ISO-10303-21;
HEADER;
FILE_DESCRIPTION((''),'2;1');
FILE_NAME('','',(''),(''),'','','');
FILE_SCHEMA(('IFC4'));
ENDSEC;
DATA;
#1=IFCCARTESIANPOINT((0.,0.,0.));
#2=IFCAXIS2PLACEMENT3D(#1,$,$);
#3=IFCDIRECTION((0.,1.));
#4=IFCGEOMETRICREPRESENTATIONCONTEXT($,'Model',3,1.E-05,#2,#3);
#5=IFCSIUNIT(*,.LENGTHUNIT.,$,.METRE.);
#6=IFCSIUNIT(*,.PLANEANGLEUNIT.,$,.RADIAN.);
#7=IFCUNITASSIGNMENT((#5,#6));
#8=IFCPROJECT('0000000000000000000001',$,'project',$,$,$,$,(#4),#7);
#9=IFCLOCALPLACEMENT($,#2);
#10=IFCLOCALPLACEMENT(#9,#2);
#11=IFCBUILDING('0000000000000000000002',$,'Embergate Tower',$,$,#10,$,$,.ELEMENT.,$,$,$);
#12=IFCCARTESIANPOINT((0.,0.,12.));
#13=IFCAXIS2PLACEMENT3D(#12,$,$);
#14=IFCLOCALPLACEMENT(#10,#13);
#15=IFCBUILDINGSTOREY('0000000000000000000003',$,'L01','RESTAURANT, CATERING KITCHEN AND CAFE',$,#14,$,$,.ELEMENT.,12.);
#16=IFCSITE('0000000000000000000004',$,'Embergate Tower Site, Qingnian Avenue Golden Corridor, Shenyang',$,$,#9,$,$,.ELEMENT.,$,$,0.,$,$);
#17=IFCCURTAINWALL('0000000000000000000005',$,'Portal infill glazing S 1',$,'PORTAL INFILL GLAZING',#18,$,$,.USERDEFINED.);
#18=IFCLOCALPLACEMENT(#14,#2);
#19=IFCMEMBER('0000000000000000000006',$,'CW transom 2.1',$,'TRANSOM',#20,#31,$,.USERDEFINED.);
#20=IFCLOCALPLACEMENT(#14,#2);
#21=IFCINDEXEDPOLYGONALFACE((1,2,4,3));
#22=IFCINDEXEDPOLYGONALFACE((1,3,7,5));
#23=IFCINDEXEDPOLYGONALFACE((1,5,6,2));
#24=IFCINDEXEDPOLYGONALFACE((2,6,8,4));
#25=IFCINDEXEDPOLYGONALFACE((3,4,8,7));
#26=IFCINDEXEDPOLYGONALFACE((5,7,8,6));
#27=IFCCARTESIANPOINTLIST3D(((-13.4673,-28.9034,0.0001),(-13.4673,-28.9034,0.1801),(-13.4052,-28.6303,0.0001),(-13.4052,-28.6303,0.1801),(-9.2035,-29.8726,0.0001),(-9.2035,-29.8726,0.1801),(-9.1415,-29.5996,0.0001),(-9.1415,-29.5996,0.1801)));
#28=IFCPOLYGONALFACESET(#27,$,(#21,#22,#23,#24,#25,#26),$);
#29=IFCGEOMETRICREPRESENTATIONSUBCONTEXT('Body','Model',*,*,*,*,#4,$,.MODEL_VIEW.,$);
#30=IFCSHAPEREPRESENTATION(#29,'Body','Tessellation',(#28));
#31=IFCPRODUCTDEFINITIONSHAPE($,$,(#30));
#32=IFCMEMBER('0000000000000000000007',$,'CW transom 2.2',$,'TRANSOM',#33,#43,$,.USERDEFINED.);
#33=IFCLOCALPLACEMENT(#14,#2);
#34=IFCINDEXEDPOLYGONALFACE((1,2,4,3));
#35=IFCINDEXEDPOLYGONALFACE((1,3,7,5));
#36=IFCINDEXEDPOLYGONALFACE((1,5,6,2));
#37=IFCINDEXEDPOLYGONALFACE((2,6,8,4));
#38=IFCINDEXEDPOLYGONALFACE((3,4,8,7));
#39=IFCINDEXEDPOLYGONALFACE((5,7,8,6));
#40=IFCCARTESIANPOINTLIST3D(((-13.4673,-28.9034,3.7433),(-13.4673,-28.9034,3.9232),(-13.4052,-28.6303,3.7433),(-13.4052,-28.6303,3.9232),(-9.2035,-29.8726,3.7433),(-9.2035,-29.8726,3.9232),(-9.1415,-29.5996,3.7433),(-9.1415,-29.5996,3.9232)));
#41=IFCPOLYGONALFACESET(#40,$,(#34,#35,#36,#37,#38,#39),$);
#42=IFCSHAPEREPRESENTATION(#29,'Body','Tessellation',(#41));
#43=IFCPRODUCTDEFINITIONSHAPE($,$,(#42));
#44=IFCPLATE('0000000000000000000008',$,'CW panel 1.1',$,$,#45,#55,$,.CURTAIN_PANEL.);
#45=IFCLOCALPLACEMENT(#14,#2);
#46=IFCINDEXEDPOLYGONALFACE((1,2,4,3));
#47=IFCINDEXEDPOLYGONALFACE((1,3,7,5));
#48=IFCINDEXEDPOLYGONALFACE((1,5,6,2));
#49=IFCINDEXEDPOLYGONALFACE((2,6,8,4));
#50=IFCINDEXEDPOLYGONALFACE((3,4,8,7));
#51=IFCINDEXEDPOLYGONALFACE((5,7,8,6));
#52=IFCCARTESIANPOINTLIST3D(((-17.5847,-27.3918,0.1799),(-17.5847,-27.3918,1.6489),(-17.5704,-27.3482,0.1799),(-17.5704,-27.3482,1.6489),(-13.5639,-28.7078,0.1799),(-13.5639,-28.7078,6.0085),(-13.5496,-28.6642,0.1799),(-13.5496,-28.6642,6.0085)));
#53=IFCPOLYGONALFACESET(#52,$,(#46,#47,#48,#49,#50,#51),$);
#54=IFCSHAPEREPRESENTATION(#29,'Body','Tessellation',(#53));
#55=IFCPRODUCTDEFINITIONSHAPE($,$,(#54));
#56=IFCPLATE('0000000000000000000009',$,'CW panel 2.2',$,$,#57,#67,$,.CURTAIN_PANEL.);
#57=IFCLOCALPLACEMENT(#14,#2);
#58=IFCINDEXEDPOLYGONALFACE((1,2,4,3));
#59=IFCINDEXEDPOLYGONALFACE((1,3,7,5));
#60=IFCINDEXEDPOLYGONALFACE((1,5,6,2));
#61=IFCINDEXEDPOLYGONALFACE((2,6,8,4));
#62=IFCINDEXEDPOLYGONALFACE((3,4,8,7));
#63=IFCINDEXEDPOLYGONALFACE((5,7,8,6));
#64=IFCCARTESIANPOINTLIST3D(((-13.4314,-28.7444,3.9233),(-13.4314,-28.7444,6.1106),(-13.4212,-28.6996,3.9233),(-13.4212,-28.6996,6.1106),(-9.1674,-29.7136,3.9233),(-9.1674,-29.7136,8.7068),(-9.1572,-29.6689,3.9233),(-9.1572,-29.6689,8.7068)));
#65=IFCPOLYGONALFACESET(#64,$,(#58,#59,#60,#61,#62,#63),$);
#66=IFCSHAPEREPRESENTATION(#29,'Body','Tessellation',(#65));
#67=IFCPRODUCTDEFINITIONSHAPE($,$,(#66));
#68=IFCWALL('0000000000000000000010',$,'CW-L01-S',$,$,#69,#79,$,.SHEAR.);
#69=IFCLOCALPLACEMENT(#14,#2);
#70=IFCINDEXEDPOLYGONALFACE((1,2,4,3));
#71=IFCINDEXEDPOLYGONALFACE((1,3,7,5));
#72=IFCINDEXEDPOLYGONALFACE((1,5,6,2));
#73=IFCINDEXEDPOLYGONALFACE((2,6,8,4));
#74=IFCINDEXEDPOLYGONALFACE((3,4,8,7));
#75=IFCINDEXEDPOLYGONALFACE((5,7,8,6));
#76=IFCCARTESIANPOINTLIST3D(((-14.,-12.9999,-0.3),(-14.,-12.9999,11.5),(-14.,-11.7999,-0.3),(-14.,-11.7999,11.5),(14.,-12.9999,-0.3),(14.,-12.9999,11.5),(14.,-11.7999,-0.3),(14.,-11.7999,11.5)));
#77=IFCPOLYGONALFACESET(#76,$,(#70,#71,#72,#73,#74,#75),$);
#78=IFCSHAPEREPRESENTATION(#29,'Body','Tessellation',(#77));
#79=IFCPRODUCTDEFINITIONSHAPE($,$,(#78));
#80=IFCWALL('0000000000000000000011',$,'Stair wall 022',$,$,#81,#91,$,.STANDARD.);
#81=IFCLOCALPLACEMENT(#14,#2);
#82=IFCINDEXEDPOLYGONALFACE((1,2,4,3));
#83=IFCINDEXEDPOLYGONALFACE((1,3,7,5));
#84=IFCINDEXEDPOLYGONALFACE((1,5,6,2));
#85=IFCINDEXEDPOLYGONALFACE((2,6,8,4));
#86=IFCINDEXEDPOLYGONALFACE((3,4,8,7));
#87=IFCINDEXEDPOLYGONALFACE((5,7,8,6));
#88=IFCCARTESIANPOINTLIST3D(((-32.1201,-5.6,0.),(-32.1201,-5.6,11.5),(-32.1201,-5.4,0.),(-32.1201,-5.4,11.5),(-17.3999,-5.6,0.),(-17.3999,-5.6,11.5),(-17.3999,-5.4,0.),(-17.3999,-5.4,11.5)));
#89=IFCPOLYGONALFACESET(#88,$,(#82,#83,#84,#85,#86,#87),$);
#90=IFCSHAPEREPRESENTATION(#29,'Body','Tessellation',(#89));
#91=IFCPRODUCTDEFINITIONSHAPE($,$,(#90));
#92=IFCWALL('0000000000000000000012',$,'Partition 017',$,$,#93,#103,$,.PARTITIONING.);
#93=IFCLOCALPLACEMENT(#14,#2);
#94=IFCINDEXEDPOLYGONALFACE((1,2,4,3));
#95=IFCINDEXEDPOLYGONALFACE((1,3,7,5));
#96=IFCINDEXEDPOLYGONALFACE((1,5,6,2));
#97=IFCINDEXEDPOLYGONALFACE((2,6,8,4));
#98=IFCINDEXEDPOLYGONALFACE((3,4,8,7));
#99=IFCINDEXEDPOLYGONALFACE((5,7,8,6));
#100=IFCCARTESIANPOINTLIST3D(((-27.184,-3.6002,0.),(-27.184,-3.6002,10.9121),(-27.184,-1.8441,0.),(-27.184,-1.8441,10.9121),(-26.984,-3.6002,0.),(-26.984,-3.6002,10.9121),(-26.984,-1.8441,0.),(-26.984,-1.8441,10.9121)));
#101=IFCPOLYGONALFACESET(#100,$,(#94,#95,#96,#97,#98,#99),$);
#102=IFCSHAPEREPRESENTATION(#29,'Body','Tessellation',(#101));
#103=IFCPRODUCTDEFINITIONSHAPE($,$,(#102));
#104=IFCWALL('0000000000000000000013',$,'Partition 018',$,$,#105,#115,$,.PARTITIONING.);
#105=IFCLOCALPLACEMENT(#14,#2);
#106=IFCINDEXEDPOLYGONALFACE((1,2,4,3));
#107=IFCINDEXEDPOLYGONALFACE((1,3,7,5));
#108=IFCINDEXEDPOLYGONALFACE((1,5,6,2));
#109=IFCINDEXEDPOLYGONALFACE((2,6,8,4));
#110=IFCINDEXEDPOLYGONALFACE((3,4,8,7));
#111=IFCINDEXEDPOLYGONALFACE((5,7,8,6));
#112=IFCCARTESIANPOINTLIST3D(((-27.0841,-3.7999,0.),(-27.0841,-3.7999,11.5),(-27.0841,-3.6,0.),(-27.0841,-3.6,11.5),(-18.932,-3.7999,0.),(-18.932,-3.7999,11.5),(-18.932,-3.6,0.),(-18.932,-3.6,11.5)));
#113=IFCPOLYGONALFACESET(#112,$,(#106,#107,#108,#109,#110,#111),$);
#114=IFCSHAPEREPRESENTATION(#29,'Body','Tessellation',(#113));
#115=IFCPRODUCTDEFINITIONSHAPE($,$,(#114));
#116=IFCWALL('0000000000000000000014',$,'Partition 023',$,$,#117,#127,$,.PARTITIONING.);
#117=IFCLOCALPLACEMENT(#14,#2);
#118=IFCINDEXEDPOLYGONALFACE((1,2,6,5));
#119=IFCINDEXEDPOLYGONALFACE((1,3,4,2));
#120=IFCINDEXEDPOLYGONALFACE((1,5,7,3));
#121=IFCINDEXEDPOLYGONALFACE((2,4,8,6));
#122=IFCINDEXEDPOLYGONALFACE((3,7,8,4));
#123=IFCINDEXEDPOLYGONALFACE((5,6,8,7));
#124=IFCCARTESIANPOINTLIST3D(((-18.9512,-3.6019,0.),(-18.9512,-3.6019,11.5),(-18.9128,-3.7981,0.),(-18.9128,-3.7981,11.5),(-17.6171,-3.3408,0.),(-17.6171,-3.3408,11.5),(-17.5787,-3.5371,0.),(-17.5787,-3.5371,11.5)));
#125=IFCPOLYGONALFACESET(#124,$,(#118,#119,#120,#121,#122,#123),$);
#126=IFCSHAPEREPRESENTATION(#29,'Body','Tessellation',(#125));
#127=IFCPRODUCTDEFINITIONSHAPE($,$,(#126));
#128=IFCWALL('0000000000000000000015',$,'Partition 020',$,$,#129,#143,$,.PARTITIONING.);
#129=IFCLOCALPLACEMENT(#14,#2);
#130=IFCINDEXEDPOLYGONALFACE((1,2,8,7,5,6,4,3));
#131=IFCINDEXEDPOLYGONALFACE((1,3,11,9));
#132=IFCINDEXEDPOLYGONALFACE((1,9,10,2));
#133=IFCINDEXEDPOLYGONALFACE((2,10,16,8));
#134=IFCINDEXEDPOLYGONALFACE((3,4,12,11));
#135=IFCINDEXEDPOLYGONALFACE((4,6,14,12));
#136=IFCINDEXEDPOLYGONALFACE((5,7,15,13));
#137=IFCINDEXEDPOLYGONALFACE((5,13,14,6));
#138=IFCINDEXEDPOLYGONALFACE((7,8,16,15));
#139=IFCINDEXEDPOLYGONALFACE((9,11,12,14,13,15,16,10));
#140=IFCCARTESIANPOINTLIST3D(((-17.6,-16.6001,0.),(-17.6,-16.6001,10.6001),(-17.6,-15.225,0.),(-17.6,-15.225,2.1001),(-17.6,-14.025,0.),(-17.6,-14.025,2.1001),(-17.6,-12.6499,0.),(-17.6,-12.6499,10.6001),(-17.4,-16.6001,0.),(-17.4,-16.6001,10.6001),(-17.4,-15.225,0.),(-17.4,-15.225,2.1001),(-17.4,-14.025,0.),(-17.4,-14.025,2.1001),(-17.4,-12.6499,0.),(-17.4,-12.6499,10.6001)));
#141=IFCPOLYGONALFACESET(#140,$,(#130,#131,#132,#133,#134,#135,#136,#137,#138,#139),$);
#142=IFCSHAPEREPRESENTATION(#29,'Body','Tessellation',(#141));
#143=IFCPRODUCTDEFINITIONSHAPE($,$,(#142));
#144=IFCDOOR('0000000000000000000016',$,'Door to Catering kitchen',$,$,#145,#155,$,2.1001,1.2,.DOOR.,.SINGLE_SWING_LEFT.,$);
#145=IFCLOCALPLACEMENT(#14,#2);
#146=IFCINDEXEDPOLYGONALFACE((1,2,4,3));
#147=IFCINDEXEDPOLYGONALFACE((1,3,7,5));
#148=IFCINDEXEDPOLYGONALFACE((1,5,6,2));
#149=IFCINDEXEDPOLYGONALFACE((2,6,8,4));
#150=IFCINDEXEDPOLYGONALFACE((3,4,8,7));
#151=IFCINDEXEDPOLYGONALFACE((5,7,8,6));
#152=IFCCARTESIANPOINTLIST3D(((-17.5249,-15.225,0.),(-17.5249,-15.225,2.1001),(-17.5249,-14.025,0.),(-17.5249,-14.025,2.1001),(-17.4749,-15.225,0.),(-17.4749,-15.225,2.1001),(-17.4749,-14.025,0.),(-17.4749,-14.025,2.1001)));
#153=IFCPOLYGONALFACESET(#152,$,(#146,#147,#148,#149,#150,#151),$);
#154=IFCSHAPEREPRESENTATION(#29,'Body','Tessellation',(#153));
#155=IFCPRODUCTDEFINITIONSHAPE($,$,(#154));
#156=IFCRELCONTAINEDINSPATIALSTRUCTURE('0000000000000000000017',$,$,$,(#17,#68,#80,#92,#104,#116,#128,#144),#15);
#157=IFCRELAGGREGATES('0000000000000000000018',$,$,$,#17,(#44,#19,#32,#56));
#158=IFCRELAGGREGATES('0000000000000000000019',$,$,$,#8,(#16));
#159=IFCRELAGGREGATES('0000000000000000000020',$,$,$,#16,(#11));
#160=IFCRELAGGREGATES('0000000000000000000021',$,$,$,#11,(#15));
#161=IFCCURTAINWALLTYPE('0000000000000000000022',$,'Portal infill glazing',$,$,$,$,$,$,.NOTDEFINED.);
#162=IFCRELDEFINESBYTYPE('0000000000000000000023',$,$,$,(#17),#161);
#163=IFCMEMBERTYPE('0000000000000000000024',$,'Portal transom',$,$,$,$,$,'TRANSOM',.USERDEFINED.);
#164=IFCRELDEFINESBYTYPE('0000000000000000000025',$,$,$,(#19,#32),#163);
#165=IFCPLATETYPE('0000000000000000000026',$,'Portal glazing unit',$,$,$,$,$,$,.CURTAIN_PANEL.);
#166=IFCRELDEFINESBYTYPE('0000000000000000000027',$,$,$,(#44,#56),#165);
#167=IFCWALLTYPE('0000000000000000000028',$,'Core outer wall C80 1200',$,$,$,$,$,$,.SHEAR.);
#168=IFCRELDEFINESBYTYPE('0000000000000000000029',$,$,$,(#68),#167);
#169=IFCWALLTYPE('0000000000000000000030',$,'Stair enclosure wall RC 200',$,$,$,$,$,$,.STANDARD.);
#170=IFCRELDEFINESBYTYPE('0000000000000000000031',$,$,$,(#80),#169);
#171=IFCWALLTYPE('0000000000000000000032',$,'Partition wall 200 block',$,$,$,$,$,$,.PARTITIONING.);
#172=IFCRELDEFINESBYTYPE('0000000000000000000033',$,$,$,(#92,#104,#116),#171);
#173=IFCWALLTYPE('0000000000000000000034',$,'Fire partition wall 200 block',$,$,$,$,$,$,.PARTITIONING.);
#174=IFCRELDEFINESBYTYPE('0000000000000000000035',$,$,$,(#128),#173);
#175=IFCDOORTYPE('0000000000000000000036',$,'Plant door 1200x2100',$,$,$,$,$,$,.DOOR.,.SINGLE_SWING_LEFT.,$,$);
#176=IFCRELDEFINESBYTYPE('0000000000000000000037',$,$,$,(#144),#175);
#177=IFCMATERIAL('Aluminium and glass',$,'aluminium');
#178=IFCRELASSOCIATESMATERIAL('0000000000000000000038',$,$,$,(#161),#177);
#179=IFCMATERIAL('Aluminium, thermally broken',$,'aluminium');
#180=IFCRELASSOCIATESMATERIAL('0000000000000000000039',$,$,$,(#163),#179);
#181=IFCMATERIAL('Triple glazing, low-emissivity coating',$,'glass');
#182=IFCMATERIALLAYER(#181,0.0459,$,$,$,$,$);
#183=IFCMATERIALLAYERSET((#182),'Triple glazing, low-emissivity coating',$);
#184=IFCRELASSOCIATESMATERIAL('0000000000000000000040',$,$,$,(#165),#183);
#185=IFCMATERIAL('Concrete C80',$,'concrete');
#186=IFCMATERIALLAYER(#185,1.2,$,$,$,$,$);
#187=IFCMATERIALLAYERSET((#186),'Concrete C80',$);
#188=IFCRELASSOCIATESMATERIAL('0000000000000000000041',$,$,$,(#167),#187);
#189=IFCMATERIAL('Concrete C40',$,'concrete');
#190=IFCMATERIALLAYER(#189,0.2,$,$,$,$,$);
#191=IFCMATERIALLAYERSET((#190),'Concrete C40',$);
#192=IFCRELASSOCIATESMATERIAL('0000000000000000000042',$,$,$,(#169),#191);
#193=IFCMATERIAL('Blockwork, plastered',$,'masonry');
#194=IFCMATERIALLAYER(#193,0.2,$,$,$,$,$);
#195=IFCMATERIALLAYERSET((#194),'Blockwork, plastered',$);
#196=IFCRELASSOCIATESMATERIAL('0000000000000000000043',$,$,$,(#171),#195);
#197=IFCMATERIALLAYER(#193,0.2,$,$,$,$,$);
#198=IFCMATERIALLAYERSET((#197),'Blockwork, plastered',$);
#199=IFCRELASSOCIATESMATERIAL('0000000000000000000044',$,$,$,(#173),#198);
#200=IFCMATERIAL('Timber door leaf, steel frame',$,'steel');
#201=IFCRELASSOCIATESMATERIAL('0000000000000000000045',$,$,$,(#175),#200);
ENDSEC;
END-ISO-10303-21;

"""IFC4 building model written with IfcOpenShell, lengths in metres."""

from ifc_helpers import new_model, si_unit, direction, frame, frame_2d, origin, origin_2d, place, context, subcontext, project, spatial, polyline, rectangle, outline, extrude, source, transform, mapped, material, layer, layer_set, material_profile, profile_set, type_object, element, fill, aggregate, save


model = new_model("IFC4")

# Units and contexts
model_context = context("Model", 3, precision=1e-05, world=origin(), true_north=direction((0.0, 1.0)))
body_context = subcontext(model_context, "Body", "Model", "MODEL_VIEW")
ifc_project = project(units=[si_unit("LENGTHUNIT", "METRE"), si_unit("PLANEANGLEUNIT", "RADIAN")], contexts=[model_context])

# Site, building, storey
site_placement = place(None, origin())
site = spatial("IfcSite", under=ifc_project, at=site_placement, Name="Embergate Tower Site, Qingnian Avenue Golden Corridor, Shenyang", CompositionType="ELEMENT", RefElevation=0.0)
building_placement = place(site_placement, origin())
building = spatial("IfcBuilding", under=site, at=building_placement, Name="Embergate Tower", CompositionType="ELEMENT")
storey_placement = place(building_placement, frame((0.0, 0.0, 12.0)))
storey = spatial("IfcBuildingStorey", under=building, at=storey_placement, Name="L01", Description="RESTAURANT, CATERING KITCHEN AND CAFE", CompositionType="ELEMENT", Elevation=12.0)

# Curtain wall, members, plates
ifc_material_1 = material(Name="Aluminium and glass", Category="aluminium")
curtain_wall_type = type_object("IfcCurtainWallType", Name="Portal infill glazing", PredefinedType="NOTDEFINED", material=ifc_material_1)
curtain_wall_placement = place(storey_placement, origin())
curtain_wall = element("IfcCurtainWall", 1, at=curtain_wall_placement, inside=storey, type_object=curtain_wall_type, Name="Portal infill glazing S 1", ObjectType="PORTAL INFILL GLAZING", PredefinedType="USERDEFINED")
ifc_material_2 = material(Name="Aluminium, thermally broken", Category="aluminium")
ifc_material_profile_1 = material_profile(ifc_material_2, rectangle(XDim=0.28, YDim=0.1799, at=origin_2d()), Name="AL 180x280")
ifc_profile_set_1 = profile_set([ifc_material_profile_1], Name="Aluminium, thermally broken")
member_type_1 = type_object("IfcMemberType", Name="Portal transom", ElementType="TRANSOM", PredefinedType="USERDEFINED", material=ifc_profile_set_1)
shared_shape_1 = source(origin(), body_context, "Body", "SweptSolid", [
    extrude(rectangle(XDim=0.28, YDim=0.1799, at=origin_2d()), origin(), (0.0, 0.0, 1.0), 4.3726),
])
member_1_placement = place(storey_placement, frame((-13.4363, -28.7668, 0.0901), z_axis=(0.975122, -0.221669, 0.0), x_axis=(0.221669, 0.975122, 0.0)))
member_1 = element("IfcMember", 2, at=member_1_placement, type_object=member_type_1, Name="CW transom 2.1", ObjectType="TRANSOM", PredefinedType="USERDEFINED", context=body_context, shape_type="MappedRepresentation", body=[
    mapped(shared_shape_1, transform((0.0, 0.0, 0.0))),
])
member_2_placement = place(storey_placement, frame((-13.4363, -28.7668, 3.8333), z_axis=(0.975122, -0.221669, 0.0), x_axis=(0.221669, 0.975122, 0.0)))
member_2 = element("IfcMember", 3, at=member_2_placement, type_object=member_type_1, Name="CW transom 2.2", ObjectType="TRANSOM", PredefinedType="USERDEFINED", context=body_context, shape_type="MappedRepresentation", body=[
    mapped(shared_shape_1, transform((0.0, 0.0, 0.0))),
])
ifc_material_3 = material(Name="Triple glazing, low-emissivity coating", Category="glass")
ifc_layer_1 = layer(ifc_material_3, 0.0459)
ifc_layer_set_1 = layer_set([ifc_layer_1], Name="Triple glazing, low-emissivity coating")
plate_type = type_object("IfcPlateType", Name="Portal glazing unit", PredefinedType="CURTAIN_PANEL", material=ifc_layer_set_1)
shared_shape_2 = source(origin(), body_context, "Body", "SweptSolid", [
    extrude(outline(polyline([(0.0, 0.0), (4.2307, 0.0), (4.2307, 5.8286), (0.0, 1.469), (0.0, 0.0)])), origin(), (0.0, 0.0, -1.0), 0.0459),
])
plate_1_placement = place(storey_placement, frame((-17.5847, -27.3918, 0.1799), z_axis=(-0.311047, -0.950395, 0.0), x_axis=(0.950395, -0.311047, 0.0)))
plate_1 = element("IfcPlate", 4, at=plate_1_placement, type_object=plate_type, Name="CW panel 1.1", PredefinedType="CURTAIN_PANEL", context=body_context, shape_type="MappedRepresentation", body=[
    mapped(shared_shape_2, transform((0.0, 0.0, 0.0))),
])
shared_shape_3 = source(origin(), body_context, "Body", "SweptSolid", [
    extrude(outline(polyline([(0.0, 0.0), (4.3728, 0.0), (4.3728, 4.7834), (0.0, 2.1873), (0.0, 0.0)])), origin(), (0.0, 0.0, -1.0), 0.0459),
])
plate_2_placement = place(storey_placement, frame((-13.4314, -28.7444, 3.9233), z_axis=(-0.221657, -0.975125, 0.0), x_axis=(0.975125, -0.221657, 0.0)))
plate_2 = element("IfcPlate", 5, at=plate_2_placement, type_object=plate_type, Name="CW panel 2.2", PredefinedType="CURTAIN_PANEL", context=body_context, shape_type="MappedRepresentation", body=[
    mapped(shared_shape_3, transform((0.0, 0.0, 0.0))),
])
aggregate(curtain_wall, [plate_1, member_1, member_2, plate_2])

# Walls
ifc_material_4 = material(Name="Concrete C80", Category="concrete")
ifc_layer_2 = layer(ifc_material_4, 1.2)
ifc_layer_set_2 = layer_set([ifc_layer_2], Name="Concrete C80")
wall_type_1 = type_object("IfcWallType", Name="Core outer wall C80 1200", PredefinedType="SHEAR", material=ifc_layer_set_2)
shared_shape_4 = source(origin(), body_context, "Body", "SweptSolid", [
    extrude(rectangle(XDim=28.0, YDim=1.2, at=frame_2d((14.0, 0.0))), origin(), (0.0, 0.0, 1.0), 11.8),
])
wall_1_placement = place(storey_placement, frame((-14.0, -12.3999, -0.3), z_axis=(0.0, 0.0, 1.0), x_axis=(1.0, 0.0, 0.0)))
element("IfcWall", 6, at=wall_1_placement, inside=storey, type_object=wall_type_1, Name="CW-L01-S", PredefinedType="SHEAR", context=body_context, shape_type="MappedRepresentation", body=[
    mapped(shared_shape_4, transform((0.0, 0.0, 0.0))),
])
ifc_material_5 = material(Name="Concrete C40", Category="concrete")
ifc_layer_3 = layer(ifc_material_5, 0.2)
ifc_layer_set_3 = layer_set([ifc_layer_3], Name="Concrete C40")
wall_type_2 = type_object("IfcWallType", Name="Stair enclosure wall RC 200", PredefinedType="STANDARD", material=ifc_layer_set_3)
shared_shape_5 = source(origin(), body_context, "Body", "SweptSolid", [
    extrude(rectangle(XDim=14.7202, YDim=0.2, at=frame_2d((7.3601, 0.0))), origin(), (0.0, 0.0, 1.0), 11.5),
])
wall_2_placement = place(storey_placement, frame((-17.3999, -5.5, 0.0), z_axis=(0.0, 0.0, 1.0), x_axis=(-1.0, 0.0, 0.0)))
element("IfcWall", 7, at=wall_2_placement, inside=storey, type_object=wall_type_2, Name="Stair wall 022", PredefinedType="STANDARD", context=body_context, shape_type="MappedRepresentation", body=[
    mapped(shared_shape_5, transform((0.0, 0.0, 0.0))),
])
ifc_material_6 = material(Name="Blockwork, plastered", Category="masonry")
ifc_layer_4 = layer(ifc_material_6, 0.2)
ifc_layer_set_4 = layer_set([ifc_layer_4], Name="Blockwork, plastered")
wall_type_3 = type_object("IfcWallType", Name="Partition wall 200 block", PredefinedType="PARTITIONING", material=ifc_layer_set_4)
shared_shape_6 = source(origin(), body_context, "Body", "SweptSolid", [
    extrude(rectangle(XDim=1.7561, YDim=0.2, at=frame_2d((0.8779, 0.0))), origin(), (0.0, 0.0, 1.0), 10.9121),
])
wall_3_placement = place(storey_placement, frame((-27.084, -3.6001, 0.0), z_axis=(0.0, 0.0, 1.0), x_axis=(0.0, 1.0, 0.0)))
element("IfcWall", 8, at=wall_3_placement, inside=storey, type_object=wall_type_3, Name="Partition 017", PredefinedType="PARTITIONING", context=body_context, shape_type="MappedRepresentation", body=[
    mapped(shared_shape_6, transform((0.0, 0.0, 0.0))),
])
shared_shape_7 = source(origin(), body_context, "Body", "SweptSolid", [
    extrude(rectangle(XDim=8.1521, YDim=0.2, at=frame_2d((4.0762, 0.0))), origin(), (0.0, 0.0, 1.0), 11.5),
])
wall_4_placement = place(storey_placement, frame((-18.9319, -3.7, 0.0), z_axis=(0.0, 0.0, 1.0), x_axis=(-1.0, 0.0, 0.0)))
element("IfcWall", 9, at=wall_4_placement, inside=storey, type_object=wall_type_3, Name="Partition 018", PredefinedType="PARTITIONING", context=body_context, shape_type="MappedRepresentation", body=[
    mapped(shared_shape_7, transform((0.0, 0.0, 0.0))),
])
shared_shape_8 = source(origin(), body_context, "Body", "SweptSolid", [
    extrude(rectangle(XDim=1.3594, YDim=0.2, at=frame_2d((0.6797, 0.0))), origin(), (0.0, 0.0, 1.0), 11.5),
])
wall_5_placement = place(storey_placement, frame((-17.5979, -3.439, 0.0), z_axis=(0.0, 0.0, 1.0), x_axis=(-0.981394, -0.192004, 0.0)))
element("IfcWall", 10, at=wall_5_placement, inside=storey, type_object=wall_type_3, Name="Partition 023", PredefinedType="PARTITIONING", context=body_context, shape_type="MappedRepresentation", body=[
    mapped(shared_shape_8, transform((0.0, 0.0, 0.0))),
])

# Wall, opening, door
ifc_layer_5 = layer(ifc_material_6, 0.2)
ifc_layer_set_5 = layer_set([ifc_layer_5], Name="Blockwork, plastered")
wall_type_4 = type_object("IfcWallType", Name="Fire partition wall 200 block", PredefinedType="PARTITIONING", material=ifc_layer_set_5)
shared_shape_9 = source(origin(), body_context, "Body", "SweptSolid", [
    extrude(rectangle(XDim=3.9502, YDim=0.2, at=frame_2d((1.9751, 0.0))), origin(), (0.0, 0.0, 1.0), 10.6001),
])
wall_6_placement = place(storey_placement, frame((-17.5, -16.6001, 0.0), z_axis=(0.0, 0.0, 1.0), x_axis=(0.0, 1.0, 0.0)))
wall_6 = element("IfcWall", 11, at=wall_6_placement, inside=storey, type_object=wall_type_4, Name="Partition 020", PredefinedType="PARTITIONING", context=body_context, shape_type="MappedRepresentation", body=[
    mapped(shared_shape_9, transform((0.0, 0.0, 0.0))),
])
shared_shape_10 = source(origin(), body_context, "Body", "SweptSolid", [
    extrude(rectangle(XDim=1.2, YDim=2.1001, at=frame_2d((0.6001, 1.05))), frame((0.0, 0.1099, 0.0), z_axis=(0.0, -1.0, 0.0), x_axis=(1.0, 0.0, 0.0)), (0.0, 0.0, 1.0), 0.22),
])
opening_1_placement = place(wall_6_placement, frame((1.375, 0.0, 0.0)))
opening_1 = element("IfcOpeningElement", 12, at=opening_1_placement, cuts=wall_6, PredefinedType="OPENING", context=body_context, shape_type="MappedRepresentation", body=[
    mapped(shared_shape_10, transform((0.0, 0.0, 0.0))),
])
ifc_material_7 = material(Name="Timber door leaf, steel frame", Category="steel")
door_type_1 = type_object("IfcDoorType", Name="Plant door 1200x2100", OperationType="SINGLE_SWING_LEFT", PredefinedType="DOOR", material=ifc_material_7)
shared_shape_11 = source(origin(), body_context, "Body", "SweptSolid", [
    extrude(rectangle(XDim=1.2, YDim=2.1001, at=frame_2d((0.6001, 1.05))), frame((0.0, 0.0249, 0.0), z_axis=(0.0, -1.0, 0.0), x_axis=(1.0, 0.0, 0.0)), (0.0, 0.0, 1.0), 0.05),
])
door_1_placement = place(opening_1_placement, origin())
door_1 = element("IfcDoor", 13, at=door_1_placement, inside=storey, type_object=door_type_1, Name="Door to Catering kitchen", OperationType="SINGLE_SWING_LEFT", OverallHeight=2.1001, OverallWidth=1.2, PredefinedType="DOOR", context=body_context, shape_type="MappedRepresentation", body=[
    mapped(shared_shape_11, transform((0.0, 0.0, 0.0))),
])
fill(opening_1, door_1)

save(model, "model.ifc")
